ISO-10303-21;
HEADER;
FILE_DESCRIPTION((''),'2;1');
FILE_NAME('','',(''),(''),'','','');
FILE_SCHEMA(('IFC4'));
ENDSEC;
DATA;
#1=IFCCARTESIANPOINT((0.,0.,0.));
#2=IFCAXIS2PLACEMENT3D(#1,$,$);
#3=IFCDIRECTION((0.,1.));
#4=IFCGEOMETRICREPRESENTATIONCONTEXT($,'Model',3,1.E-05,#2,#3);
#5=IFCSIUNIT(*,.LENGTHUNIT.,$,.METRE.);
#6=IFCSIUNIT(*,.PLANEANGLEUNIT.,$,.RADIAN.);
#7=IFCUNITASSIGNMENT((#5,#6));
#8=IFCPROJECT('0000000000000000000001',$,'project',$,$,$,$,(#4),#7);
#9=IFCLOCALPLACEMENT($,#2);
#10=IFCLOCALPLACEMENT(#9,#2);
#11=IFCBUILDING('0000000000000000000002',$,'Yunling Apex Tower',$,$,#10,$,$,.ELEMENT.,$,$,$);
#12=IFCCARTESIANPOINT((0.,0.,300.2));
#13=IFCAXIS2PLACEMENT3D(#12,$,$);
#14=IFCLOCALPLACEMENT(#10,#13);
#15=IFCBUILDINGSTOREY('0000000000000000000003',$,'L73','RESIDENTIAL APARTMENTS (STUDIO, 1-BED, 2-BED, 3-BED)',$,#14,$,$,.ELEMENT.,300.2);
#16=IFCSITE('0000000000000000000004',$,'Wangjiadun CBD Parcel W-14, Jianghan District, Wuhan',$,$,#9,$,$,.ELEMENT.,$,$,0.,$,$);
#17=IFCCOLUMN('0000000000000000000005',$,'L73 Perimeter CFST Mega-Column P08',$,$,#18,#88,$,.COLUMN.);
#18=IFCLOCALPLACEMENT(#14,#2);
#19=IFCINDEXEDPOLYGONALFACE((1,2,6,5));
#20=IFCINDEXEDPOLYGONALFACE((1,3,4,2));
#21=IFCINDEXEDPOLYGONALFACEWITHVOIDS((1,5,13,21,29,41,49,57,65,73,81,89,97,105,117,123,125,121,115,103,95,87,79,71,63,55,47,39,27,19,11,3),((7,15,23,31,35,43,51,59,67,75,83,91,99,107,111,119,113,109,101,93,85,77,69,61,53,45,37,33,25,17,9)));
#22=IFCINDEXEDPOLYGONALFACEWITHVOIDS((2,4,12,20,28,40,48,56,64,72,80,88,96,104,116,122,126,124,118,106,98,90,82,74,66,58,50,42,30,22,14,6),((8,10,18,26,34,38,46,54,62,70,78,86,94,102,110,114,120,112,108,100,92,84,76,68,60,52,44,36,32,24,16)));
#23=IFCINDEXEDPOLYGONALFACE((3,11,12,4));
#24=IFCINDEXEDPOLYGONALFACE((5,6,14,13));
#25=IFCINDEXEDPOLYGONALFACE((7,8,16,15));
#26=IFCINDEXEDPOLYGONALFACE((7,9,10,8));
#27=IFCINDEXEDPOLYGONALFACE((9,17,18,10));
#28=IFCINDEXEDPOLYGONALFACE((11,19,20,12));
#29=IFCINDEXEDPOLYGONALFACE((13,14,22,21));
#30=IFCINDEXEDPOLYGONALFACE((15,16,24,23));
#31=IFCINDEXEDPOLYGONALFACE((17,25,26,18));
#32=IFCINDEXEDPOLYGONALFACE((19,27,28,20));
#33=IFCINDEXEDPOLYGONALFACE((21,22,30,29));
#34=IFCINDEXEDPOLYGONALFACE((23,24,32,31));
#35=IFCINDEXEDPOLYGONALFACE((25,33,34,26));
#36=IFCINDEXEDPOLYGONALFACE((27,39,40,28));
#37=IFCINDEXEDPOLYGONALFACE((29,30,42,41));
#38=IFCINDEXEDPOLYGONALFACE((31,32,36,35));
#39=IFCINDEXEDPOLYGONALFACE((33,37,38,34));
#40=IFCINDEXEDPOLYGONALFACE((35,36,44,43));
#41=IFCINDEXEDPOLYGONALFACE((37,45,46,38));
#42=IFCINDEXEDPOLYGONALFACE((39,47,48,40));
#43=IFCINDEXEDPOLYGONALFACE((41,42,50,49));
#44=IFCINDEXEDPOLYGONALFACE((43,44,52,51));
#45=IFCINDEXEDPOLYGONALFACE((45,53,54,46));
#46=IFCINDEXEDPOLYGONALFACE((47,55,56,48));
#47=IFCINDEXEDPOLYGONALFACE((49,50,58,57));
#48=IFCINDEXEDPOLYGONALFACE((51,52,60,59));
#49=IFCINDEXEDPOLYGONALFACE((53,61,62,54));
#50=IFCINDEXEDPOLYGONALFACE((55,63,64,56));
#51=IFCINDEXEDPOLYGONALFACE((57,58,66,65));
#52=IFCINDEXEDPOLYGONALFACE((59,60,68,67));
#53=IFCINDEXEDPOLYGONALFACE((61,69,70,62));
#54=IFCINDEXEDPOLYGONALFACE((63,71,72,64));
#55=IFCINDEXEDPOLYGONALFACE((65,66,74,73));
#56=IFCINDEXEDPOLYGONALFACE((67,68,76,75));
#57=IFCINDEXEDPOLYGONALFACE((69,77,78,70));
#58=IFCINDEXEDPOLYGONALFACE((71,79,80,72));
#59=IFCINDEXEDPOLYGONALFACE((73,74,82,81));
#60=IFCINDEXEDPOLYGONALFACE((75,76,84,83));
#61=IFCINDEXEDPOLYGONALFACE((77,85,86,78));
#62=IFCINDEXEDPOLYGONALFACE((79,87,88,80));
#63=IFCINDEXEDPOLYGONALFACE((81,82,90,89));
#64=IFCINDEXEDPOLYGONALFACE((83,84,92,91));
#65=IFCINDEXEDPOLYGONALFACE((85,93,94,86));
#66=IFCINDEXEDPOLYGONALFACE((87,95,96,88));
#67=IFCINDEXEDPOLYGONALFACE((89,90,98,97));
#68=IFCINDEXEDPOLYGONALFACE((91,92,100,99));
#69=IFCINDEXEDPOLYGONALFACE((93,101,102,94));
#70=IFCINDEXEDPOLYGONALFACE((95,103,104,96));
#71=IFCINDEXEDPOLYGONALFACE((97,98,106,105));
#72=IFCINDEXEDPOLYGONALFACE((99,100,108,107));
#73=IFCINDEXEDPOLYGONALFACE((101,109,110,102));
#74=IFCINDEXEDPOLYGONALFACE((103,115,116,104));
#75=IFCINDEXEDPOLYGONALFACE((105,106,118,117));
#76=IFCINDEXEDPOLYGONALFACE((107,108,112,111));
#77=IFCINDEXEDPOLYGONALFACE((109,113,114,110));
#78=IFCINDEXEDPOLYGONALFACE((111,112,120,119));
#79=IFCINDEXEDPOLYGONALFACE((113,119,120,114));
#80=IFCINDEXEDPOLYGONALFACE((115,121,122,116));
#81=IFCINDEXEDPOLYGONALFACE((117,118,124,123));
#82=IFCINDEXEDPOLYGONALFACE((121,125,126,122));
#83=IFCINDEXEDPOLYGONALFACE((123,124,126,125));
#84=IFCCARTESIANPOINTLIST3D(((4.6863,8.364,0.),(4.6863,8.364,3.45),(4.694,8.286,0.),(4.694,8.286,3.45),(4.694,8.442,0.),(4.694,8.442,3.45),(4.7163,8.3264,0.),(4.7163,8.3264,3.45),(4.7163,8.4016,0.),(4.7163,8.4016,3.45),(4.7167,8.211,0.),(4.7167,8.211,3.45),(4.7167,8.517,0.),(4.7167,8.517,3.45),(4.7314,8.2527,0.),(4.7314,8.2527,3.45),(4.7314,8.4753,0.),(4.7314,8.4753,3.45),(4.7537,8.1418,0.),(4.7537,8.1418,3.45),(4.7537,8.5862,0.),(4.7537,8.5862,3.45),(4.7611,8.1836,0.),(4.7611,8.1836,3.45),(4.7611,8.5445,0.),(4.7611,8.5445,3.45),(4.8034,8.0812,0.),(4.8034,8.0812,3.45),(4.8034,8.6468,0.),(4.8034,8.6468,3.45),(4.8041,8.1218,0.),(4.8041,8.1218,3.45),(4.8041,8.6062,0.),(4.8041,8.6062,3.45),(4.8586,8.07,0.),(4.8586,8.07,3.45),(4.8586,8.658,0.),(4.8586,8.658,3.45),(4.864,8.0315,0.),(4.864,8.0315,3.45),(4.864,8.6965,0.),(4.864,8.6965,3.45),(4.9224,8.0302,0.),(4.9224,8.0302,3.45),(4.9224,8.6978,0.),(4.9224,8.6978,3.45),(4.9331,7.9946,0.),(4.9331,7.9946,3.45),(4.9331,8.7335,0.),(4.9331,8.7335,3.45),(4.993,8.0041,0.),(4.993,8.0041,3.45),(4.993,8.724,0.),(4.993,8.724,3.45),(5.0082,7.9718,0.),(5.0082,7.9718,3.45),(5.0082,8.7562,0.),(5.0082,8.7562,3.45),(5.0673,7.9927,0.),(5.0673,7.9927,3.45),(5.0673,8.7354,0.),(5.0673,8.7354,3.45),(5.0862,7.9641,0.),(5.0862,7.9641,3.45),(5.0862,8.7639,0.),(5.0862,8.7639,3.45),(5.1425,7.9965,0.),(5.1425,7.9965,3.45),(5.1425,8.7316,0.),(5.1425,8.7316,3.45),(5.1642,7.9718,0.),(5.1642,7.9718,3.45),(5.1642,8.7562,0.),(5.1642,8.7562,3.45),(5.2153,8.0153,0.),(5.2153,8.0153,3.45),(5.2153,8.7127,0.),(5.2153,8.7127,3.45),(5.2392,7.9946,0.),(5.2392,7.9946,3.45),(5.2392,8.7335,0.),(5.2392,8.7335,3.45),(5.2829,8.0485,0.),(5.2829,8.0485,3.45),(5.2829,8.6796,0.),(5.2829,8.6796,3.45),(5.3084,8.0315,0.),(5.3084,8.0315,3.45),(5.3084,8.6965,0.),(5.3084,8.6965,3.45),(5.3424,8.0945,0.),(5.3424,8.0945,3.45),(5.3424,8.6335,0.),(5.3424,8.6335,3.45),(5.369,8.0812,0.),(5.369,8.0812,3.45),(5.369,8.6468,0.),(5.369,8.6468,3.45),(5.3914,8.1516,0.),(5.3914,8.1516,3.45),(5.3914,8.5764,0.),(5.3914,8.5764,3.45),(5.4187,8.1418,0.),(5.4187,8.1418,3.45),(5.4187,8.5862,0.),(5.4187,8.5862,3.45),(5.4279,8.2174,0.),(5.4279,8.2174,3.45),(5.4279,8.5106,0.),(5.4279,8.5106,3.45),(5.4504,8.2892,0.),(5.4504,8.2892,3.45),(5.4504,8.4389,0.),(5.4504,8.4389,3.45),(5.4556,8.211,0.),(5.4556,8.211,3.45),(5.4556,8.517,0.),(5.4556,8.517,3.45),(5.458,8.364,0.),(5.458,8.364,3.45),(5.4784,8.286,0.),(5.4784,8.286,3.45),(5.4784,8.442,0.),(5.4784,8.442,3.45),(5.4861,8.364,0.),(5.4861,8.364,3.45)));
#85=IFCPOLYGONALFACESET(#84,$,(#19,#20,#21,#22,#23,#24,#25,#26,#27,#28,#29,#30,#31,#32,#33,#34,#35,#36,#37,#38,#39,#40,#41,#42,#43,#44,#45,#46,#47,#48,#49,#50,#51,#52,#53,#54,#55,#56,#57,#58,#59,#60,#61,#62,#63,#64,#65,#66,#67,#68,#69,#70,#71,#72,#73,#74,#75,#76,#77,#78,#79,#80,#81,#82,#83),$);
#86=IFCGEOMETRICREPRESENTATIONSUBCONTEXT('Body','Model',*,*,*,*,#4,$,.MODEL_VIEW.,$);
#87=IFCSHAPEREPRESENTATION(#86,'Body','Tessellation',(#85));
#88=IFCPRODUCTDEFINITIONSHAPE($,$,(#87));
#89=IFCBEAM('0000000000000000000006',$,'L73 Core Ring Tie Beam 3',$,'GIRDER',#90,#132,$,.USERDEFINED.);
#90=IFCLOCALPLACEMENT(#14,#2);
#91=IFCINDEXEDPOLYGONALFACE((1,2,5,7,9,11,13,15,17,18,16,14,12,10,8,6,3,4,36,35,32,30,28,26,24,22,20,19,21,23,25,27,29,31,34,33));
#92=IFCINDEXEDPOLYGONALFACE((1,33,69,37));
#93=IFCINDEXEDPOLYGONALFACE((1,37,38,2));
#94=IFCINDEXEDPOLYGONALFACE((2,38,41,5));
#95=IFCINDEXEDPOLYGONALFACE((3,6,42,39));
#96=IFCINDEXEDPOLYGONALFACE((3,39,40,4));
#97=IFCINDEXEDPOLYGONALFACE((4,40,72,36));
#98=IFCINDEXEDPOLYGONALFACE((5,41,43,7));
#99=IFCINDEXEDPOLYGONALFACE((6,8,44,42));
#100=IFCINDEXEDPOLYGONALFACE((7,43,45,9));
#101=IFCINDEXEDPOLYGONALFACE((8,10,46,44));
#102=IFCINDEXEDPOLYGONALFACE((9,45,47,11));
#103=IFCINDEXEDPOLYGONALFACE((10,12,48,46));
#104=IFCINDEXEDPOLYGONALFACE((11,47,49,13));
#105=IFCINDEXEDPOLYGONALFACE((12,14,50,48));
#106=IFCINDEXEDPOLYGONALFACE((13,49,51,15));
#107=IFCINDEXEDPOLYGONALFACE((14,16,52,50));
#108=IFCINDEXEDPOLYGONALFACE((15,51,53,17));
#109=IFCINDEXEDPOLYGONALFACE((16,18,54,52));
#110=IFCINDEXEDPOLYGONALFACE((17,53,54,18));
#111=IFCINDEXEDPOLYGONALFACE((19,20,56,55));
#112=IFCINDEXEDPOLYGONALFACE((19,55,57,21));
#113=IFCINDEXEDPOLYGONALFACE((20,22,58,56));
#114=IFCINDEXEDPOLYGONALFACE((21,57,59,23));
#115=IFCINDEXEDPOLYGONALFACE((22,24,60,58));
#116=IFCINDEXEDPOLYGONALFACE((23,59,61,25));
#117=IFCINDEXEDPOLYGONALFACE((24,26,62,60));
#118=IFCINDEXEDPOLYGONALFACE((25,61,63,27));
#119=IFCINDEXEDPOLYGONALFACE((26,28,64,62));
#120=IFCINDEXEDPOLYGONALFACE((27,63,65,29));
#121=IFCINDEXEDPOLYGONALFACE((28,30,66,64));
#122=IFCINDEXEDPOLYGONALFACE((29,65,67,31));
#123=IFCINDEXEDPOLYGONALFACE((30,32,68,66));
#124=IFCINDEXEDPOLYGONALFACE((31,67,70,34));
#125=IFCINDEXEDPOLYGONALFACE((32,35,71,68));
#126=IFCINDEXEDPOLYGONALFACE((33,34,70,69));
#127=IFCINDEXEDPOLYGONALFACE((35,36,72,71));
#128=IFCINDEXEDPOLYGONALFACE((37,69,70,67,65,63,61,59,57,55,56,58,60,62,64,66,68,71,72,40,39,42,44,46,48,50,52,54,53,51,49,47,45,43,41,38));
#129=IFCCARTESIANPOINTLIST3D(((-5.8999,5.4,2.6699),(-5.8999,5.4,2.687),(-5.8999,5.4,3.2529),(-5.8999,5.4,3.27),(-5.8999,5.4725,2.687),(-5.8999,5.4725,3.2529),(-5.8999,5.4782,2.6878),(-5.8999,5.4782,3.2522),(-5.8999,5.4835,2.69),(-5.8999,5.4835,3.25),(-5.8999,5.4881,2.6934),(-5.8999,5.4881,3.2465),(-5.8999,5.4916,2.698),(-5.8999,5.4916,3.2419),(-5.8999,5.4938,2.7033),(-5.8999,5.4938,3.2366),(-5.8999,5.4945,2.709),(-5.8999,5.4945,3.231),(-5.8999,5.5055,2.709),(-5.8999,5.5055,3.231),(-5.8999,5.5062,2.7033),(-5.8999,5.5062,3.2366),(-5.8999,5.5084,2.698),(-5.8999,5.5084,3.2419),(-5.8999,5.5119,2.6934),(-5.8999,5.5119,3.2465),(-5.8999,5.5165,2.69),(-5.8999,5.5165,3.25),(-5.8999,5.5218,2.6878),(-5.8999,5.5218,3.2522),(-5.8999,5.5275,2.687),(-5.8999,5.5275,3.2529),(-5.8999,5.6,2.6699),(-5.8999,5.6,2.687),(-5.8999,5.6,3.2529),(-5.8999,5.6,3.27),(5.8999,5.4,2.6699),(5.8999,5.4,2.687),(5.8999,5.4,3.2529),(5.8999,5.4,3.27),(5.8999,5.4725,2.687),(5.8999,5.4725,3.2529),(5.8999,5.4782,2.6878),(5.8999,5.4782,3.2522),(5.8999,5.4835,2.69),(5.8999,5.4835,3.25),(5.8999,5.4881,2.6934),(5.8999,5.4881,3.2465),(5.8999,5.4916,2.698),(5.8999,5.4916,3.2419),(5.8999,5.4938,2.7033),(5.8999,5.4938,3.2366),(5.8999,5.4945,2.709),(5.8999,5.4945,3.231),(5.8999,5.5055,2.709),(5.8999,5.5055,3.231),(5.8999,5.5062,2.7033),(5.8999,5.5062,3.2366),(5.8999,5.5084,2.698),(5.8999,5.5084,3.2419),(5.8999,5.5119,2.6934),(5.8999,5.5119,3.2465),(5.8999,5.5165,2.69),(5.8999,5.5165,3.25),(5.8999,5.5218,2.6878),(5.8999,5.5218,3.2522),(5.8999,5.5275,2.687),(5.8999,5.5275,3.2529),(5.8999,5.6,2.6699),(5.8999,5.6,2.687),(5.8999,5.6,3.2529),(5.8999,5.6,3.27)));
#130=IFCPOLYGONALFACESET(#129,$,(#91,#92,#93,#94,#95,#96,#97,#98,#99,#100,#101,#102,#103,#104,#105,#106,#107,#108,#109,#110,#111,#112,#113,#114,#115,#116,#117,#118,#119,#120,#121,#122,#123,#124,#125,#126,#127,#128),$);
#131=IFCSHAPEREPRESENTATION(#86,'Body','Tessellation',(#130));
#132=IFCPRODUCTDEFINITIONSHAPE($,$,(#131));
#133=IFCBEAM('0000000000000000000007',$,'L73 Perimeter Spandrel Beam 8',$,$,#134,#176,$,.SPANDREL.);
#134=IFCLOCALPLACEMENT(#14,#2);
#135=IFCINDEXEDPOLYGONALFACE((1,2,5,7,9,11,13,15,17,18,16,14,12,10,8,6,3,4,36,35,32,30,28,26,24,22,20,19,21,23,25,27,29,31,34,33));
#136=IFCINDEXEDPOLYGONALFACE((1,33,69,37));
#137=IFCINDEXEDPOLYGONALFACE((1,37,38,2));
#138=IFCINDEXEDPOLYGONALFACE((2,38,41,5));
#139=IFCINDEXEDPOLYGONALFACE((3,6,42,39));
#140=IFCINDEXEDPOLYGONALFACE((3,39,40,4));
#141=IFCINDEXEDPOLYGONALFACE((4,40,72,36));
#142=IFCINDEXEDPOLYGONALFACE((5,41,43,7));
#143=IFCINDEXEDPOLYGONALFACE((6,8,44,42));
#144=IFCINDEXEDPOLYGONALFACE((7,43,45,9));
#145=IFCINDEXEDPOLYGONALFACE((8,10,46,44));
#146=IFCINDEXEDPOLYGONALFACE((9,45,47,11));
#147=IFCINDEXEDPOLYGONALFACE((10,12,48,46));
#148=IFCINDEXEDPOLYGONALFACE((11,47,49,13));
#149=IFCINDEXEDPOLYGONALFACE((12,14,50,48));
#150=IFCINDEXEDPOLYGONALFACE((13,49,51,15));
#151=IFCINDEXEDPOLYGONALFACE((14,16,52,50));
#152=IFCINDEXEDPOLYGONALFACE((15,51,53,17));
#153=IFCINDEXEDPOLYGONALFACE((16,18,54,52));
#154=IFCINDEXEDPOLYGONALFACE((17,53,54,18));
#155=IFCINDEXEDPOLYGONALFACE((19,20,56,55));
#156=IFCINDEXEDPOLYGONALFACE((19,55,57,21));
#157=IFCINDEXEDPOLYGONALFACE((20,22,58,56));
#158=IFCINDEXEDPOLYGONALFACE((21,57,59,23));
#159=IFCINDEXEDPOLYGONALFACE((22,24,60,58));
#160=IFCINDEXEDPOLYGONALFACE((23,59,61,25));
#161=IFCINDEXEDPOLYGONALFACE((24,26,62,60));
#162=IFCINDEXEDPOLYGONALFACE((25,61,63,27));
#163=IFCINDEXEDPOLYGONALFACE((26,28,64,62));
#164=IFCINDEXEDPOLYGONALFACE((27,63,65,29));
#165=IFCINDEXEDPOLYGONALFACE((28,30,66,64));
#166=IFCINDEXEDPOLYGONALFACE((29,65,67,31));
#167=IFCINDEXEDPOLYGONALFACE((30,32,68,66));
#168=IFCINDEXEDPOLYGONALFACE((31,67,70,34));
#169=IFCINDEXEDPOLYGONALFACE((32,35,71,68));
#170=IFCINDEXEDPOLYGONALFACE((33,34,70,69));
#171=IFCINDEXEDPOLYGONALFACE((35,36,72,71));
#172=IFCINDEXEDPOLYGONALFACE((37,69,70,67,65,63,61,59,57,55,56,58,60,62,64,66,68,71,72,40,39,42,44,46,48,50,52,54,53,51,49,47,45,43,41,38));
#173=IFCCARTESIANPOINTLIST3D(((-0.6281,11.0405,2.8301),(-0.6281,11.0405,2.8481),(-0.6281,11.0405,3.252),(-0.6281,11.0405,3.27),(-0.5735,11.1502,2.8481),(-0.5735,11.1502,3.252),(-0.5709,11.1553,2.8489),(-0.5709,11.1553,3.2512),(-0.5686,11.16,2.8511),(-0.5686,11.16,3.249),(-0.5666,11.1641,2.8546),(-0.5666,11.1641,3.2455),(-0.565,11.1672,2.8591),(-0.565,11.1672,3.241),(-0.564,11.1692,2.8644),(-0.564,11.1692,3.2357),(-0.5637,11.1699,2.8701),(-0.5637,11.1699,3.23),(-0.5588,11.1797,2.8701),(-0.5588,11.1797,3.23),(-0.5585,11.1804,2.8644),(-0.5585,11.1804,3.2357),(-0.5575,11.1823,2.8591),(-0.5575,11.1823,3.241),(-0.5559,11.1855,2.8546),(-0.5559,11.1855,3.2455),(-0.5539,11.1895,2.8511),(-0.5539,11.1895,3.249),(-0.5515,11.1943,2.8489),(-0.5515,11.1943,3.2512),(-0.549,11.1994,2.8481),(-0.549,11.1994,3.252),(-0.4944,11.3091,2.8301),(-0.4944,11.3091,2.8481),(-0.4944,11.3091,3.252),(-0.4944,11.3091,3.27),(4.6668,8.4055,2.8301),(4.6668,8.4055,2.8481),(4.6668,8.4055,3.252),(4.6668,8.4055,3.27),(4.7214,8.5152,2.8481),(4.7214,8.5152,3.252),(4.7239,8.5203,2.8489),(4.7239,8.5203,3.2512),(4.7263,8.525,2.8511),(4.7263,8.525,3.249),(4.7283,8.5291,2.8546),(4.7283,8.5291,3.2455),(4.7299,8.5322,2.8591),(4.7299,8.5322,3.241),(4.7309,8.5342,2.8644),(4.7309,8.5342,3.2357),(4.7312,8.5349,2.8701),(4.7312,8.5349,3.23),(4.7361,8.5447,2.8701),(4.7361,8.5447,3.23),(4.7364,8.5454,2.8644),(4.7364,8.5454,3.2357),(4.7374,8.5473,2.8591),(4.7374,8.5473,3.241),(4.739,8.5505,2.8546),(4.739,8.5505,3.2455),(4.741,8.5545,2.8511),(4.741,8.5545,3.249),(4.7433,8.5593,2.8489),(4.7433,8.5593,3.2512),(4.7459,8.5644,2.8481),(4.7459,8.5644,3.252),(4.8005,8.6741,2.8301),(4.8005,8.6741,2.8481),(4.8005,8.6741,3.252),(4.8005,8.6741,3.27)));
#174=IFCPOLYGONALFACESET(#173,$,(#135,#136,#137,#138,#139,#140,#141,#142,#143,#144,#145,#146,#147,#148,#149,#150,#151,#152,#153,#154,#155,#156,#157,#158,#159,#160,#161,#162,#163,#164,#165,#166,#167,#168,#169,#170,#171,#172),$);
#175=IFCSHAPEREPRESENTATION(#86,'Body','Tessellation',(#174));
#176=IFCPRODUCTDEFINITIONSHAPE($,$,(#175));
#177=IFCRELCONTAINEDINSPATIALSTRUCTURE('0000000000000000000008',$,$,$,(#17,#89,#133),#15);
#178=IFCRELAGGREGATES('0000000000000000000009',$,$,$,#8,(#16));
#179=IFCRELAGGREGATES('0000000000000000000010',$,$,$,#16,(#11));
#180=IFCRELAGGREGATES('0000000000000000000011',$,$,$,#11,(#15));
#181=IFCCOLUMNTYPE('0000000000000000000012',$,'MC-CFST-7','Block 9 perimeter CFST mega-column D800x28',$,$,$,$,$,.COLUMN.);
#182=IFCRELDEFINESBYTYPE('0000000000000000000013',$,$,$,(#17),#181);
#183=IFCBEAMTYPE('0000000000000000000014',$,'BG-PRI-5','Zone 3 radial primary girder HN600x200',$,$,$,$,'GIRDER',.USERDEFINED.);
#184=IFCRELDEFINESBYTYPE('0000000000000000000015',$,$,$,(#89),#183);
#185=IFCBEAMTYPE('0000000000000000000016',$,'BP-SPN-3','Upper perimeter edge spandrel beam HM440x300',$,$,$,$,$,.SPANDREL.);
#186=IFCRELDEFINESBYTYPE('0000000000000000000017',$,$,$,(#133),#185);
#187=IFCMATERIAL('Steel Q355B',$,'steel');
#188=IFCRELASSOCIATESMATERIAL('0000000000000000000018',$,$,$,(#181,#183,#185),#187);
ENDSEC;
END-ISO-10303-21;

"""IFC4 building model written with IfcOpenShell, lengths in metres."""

from ifc_helpers import new_model, si_unit, direction, frame, origin, origin_2d, place, context, subcontext, project, spatial, hollow_circle, i_section, extrude, source, transform, mapped, material, material_profile, profile_set, type_object, element, save


model = new_model("IFC4")

# Units and contexts
model_context = context("Model", 3, precision=1e-05, world=origin(), true_north=direction((0.0, 1.0)))
body_context = subcontext(model_context, "Body", "Model", "MODEL_VIEW")
ifc_project = project(units=[si_unit("LENGTHUNIT", "METRE"), si_unit("PLANEANGLEUNIT", "RADIAN")], contexts=[model_context])

# Site, building, storey
site_placement = place(None, origin())
site = spatial("IfcSite", under=ifc_project, at=site_placement, Name="Wangjiadun CBD Parcel W-14, Jianghan District, Wuhan", CompositionType="ELEMENT", RefElevation=0.0)
building_placement = place(site_placement, origin())
building = spatial("IfcBuilding", under=site, at=building_placement, Name="Yunling Apex Tower", CompositionType="ELEMENT")
storey_placement = place(building_placement, frame((0.0, 0.0, 300.2)))
storey = spatial("IfcBuildingStorey", under=building, at=storey_placement, Name="L73", Description="RESIDENTIAL APARTMENTS (STUDIO, 1-BED, 2-BED, 3-BED)", CompositionType="ELEMENT", Elevation=300.2)

# Column
ifc_material_1 = material(Name="Steel Q355B", Category="steel")
ifc_material_profile_1 = material_profile(ifc_material_1, hollow_circle(Radius=0.3999, WallThickness=0.0281, at=origin_2d()))
ifc_profile_set_1 = profile_set([ifc_material_profile_1], Name="Steel Q355B")
column_type_1 = type_object("IfcColumnType", Name="MC-CFST-7", Description="Block 9 perimeter CFST mega-column D800x28", PredefinedType="COLUMN", material=ifc_profile_set_1)
shared_shape_1 = source(origin(), body_context, "Body", "SweptSolid", [
    extrude(hollow_circle(Radius=0.3999, WallThickness=0.0281, at=origin_2d()), origin(), (0.0, 0.0, 1.0), 3.45),
])
for number, where, z_axis, x_axis, name in (
    (1, (5.0862, 8.364, 0.0), (0.0, 0.0, 1.0), (1.0, 0.0, 0.0), "L73 Perimeter CFST Mega-Column P08"),
):
    element("IfcColumn", number, at=place(storey_placement, frame(where, z_axis=z_axis, x_axis=x_axis)), inside=storey, type_object=column_type_1, Name=name, PredefinedType="COLUMN", context=body_context, shape_type="MappedRepresentation", body=[
        mapped(shared_shape_1, transform((0.0, 0.0, 0.0), scale=1.0)),
    ])

# Beams
ifc_material_profile_2 = material_profile(ifc_material_1, i_section(OverallWidth=0.2, OverallDepth=0.6001, WebThickness=0.011, FlangeThickness=0.0171, FilletRadius=0.022, at=origin_2d()))
ifc_profile_set_2 = profile_set([ifc_material_profile_2], Name="Steel Q355B")
beam_type_1 = type_object("IfcBeamType", Name="BG-PRI-5", Description="Zone 3 radial primary girder HN600x200", ElementType="GIRDER", PredefinedType="USERDEFINED", material=ifc_profile_set_2)
shared_shape_2 = source(origin(), body_context, "Body", "SweptSolid", [
    extrude(i_section(OverallWidth=0.2, OverallDepth=0.6001, WebThickness=0.011, FlangeThickness=0.0171, FilletRadius=0.022, at=origin_2d()), origin(), (0.0, 0.0, 1.0), 11.7998),
])
beam_1_placement = place(storey_placement, frame((5.8999, 5.5, 2.97), z_axis=(-1.0, 0.0, 0.0), x_axis=(0.0, -1.0, 0.0)))
element("IfcBeam", 2, at=beam_1_placement, inside=storey, type_object=beam_type_1, Name="L73 Core Ring Tie Beam 3", ObjectType="GIRDER", PredefinedType="USERDEFINED", context=body_context, shape_type="MappedRepresentation", body=[
    mapped(shared_shape_2, transform((0.0, 0.0, 0.0), scale=1.0)),
])
ifc_material_profile_3 = material_profile(ifc_material_1, i_section(OverallWidth=0.3, OverallDepth=0.4399, WebThickness=0.011, FlangeThickness=0.0181, FilletRadius=0.022, at=origin_2d()))
ifc_profile_set_3 = profile_set([ifc_material_profile_3], Name="Steel Q355B")
beam_type_2 = type_object("IfcBeamType", Name="BP-SPN-3", Description="Upper perimeter edge spandrel beam HM440x300", PredefinedType="SPANDREL", material=ifc_profile_set_3)
shared_shape_3 = source(origin(), body_context, "Body", "SweptSolid", [
    extrude(i_section(OverallWidth=0.3, OverallDepth=0.4399, WebThickness=0.011, FlangeThickness=0.0181, FilletRadius=0.022, at=origin_2d()), origin(), (0.0, 0.0, 1.0), 5.9143),
])
beam_2_placement = place(storey_placement, frame((4.7336, 8.5398, 3.05), z_axis=(-0.895268, 0.445529, 0.0), x_axis=(-0.445529, -0.895268, 0.0)))
element("IfcBeam", 3, at=beam_2_placement, inside=storey, type_object=beam_type_2, Name="L73 Perimeter Spandrel Beam 8", PredefinedType="SPANDREL", context=body_context, shape_type="MappedRepresentation", body=[
    mapped(shared_shape_3, transform((0.0, 0.0, 0.0), scale=1.0)),
])

save(model, "model.ifc")
